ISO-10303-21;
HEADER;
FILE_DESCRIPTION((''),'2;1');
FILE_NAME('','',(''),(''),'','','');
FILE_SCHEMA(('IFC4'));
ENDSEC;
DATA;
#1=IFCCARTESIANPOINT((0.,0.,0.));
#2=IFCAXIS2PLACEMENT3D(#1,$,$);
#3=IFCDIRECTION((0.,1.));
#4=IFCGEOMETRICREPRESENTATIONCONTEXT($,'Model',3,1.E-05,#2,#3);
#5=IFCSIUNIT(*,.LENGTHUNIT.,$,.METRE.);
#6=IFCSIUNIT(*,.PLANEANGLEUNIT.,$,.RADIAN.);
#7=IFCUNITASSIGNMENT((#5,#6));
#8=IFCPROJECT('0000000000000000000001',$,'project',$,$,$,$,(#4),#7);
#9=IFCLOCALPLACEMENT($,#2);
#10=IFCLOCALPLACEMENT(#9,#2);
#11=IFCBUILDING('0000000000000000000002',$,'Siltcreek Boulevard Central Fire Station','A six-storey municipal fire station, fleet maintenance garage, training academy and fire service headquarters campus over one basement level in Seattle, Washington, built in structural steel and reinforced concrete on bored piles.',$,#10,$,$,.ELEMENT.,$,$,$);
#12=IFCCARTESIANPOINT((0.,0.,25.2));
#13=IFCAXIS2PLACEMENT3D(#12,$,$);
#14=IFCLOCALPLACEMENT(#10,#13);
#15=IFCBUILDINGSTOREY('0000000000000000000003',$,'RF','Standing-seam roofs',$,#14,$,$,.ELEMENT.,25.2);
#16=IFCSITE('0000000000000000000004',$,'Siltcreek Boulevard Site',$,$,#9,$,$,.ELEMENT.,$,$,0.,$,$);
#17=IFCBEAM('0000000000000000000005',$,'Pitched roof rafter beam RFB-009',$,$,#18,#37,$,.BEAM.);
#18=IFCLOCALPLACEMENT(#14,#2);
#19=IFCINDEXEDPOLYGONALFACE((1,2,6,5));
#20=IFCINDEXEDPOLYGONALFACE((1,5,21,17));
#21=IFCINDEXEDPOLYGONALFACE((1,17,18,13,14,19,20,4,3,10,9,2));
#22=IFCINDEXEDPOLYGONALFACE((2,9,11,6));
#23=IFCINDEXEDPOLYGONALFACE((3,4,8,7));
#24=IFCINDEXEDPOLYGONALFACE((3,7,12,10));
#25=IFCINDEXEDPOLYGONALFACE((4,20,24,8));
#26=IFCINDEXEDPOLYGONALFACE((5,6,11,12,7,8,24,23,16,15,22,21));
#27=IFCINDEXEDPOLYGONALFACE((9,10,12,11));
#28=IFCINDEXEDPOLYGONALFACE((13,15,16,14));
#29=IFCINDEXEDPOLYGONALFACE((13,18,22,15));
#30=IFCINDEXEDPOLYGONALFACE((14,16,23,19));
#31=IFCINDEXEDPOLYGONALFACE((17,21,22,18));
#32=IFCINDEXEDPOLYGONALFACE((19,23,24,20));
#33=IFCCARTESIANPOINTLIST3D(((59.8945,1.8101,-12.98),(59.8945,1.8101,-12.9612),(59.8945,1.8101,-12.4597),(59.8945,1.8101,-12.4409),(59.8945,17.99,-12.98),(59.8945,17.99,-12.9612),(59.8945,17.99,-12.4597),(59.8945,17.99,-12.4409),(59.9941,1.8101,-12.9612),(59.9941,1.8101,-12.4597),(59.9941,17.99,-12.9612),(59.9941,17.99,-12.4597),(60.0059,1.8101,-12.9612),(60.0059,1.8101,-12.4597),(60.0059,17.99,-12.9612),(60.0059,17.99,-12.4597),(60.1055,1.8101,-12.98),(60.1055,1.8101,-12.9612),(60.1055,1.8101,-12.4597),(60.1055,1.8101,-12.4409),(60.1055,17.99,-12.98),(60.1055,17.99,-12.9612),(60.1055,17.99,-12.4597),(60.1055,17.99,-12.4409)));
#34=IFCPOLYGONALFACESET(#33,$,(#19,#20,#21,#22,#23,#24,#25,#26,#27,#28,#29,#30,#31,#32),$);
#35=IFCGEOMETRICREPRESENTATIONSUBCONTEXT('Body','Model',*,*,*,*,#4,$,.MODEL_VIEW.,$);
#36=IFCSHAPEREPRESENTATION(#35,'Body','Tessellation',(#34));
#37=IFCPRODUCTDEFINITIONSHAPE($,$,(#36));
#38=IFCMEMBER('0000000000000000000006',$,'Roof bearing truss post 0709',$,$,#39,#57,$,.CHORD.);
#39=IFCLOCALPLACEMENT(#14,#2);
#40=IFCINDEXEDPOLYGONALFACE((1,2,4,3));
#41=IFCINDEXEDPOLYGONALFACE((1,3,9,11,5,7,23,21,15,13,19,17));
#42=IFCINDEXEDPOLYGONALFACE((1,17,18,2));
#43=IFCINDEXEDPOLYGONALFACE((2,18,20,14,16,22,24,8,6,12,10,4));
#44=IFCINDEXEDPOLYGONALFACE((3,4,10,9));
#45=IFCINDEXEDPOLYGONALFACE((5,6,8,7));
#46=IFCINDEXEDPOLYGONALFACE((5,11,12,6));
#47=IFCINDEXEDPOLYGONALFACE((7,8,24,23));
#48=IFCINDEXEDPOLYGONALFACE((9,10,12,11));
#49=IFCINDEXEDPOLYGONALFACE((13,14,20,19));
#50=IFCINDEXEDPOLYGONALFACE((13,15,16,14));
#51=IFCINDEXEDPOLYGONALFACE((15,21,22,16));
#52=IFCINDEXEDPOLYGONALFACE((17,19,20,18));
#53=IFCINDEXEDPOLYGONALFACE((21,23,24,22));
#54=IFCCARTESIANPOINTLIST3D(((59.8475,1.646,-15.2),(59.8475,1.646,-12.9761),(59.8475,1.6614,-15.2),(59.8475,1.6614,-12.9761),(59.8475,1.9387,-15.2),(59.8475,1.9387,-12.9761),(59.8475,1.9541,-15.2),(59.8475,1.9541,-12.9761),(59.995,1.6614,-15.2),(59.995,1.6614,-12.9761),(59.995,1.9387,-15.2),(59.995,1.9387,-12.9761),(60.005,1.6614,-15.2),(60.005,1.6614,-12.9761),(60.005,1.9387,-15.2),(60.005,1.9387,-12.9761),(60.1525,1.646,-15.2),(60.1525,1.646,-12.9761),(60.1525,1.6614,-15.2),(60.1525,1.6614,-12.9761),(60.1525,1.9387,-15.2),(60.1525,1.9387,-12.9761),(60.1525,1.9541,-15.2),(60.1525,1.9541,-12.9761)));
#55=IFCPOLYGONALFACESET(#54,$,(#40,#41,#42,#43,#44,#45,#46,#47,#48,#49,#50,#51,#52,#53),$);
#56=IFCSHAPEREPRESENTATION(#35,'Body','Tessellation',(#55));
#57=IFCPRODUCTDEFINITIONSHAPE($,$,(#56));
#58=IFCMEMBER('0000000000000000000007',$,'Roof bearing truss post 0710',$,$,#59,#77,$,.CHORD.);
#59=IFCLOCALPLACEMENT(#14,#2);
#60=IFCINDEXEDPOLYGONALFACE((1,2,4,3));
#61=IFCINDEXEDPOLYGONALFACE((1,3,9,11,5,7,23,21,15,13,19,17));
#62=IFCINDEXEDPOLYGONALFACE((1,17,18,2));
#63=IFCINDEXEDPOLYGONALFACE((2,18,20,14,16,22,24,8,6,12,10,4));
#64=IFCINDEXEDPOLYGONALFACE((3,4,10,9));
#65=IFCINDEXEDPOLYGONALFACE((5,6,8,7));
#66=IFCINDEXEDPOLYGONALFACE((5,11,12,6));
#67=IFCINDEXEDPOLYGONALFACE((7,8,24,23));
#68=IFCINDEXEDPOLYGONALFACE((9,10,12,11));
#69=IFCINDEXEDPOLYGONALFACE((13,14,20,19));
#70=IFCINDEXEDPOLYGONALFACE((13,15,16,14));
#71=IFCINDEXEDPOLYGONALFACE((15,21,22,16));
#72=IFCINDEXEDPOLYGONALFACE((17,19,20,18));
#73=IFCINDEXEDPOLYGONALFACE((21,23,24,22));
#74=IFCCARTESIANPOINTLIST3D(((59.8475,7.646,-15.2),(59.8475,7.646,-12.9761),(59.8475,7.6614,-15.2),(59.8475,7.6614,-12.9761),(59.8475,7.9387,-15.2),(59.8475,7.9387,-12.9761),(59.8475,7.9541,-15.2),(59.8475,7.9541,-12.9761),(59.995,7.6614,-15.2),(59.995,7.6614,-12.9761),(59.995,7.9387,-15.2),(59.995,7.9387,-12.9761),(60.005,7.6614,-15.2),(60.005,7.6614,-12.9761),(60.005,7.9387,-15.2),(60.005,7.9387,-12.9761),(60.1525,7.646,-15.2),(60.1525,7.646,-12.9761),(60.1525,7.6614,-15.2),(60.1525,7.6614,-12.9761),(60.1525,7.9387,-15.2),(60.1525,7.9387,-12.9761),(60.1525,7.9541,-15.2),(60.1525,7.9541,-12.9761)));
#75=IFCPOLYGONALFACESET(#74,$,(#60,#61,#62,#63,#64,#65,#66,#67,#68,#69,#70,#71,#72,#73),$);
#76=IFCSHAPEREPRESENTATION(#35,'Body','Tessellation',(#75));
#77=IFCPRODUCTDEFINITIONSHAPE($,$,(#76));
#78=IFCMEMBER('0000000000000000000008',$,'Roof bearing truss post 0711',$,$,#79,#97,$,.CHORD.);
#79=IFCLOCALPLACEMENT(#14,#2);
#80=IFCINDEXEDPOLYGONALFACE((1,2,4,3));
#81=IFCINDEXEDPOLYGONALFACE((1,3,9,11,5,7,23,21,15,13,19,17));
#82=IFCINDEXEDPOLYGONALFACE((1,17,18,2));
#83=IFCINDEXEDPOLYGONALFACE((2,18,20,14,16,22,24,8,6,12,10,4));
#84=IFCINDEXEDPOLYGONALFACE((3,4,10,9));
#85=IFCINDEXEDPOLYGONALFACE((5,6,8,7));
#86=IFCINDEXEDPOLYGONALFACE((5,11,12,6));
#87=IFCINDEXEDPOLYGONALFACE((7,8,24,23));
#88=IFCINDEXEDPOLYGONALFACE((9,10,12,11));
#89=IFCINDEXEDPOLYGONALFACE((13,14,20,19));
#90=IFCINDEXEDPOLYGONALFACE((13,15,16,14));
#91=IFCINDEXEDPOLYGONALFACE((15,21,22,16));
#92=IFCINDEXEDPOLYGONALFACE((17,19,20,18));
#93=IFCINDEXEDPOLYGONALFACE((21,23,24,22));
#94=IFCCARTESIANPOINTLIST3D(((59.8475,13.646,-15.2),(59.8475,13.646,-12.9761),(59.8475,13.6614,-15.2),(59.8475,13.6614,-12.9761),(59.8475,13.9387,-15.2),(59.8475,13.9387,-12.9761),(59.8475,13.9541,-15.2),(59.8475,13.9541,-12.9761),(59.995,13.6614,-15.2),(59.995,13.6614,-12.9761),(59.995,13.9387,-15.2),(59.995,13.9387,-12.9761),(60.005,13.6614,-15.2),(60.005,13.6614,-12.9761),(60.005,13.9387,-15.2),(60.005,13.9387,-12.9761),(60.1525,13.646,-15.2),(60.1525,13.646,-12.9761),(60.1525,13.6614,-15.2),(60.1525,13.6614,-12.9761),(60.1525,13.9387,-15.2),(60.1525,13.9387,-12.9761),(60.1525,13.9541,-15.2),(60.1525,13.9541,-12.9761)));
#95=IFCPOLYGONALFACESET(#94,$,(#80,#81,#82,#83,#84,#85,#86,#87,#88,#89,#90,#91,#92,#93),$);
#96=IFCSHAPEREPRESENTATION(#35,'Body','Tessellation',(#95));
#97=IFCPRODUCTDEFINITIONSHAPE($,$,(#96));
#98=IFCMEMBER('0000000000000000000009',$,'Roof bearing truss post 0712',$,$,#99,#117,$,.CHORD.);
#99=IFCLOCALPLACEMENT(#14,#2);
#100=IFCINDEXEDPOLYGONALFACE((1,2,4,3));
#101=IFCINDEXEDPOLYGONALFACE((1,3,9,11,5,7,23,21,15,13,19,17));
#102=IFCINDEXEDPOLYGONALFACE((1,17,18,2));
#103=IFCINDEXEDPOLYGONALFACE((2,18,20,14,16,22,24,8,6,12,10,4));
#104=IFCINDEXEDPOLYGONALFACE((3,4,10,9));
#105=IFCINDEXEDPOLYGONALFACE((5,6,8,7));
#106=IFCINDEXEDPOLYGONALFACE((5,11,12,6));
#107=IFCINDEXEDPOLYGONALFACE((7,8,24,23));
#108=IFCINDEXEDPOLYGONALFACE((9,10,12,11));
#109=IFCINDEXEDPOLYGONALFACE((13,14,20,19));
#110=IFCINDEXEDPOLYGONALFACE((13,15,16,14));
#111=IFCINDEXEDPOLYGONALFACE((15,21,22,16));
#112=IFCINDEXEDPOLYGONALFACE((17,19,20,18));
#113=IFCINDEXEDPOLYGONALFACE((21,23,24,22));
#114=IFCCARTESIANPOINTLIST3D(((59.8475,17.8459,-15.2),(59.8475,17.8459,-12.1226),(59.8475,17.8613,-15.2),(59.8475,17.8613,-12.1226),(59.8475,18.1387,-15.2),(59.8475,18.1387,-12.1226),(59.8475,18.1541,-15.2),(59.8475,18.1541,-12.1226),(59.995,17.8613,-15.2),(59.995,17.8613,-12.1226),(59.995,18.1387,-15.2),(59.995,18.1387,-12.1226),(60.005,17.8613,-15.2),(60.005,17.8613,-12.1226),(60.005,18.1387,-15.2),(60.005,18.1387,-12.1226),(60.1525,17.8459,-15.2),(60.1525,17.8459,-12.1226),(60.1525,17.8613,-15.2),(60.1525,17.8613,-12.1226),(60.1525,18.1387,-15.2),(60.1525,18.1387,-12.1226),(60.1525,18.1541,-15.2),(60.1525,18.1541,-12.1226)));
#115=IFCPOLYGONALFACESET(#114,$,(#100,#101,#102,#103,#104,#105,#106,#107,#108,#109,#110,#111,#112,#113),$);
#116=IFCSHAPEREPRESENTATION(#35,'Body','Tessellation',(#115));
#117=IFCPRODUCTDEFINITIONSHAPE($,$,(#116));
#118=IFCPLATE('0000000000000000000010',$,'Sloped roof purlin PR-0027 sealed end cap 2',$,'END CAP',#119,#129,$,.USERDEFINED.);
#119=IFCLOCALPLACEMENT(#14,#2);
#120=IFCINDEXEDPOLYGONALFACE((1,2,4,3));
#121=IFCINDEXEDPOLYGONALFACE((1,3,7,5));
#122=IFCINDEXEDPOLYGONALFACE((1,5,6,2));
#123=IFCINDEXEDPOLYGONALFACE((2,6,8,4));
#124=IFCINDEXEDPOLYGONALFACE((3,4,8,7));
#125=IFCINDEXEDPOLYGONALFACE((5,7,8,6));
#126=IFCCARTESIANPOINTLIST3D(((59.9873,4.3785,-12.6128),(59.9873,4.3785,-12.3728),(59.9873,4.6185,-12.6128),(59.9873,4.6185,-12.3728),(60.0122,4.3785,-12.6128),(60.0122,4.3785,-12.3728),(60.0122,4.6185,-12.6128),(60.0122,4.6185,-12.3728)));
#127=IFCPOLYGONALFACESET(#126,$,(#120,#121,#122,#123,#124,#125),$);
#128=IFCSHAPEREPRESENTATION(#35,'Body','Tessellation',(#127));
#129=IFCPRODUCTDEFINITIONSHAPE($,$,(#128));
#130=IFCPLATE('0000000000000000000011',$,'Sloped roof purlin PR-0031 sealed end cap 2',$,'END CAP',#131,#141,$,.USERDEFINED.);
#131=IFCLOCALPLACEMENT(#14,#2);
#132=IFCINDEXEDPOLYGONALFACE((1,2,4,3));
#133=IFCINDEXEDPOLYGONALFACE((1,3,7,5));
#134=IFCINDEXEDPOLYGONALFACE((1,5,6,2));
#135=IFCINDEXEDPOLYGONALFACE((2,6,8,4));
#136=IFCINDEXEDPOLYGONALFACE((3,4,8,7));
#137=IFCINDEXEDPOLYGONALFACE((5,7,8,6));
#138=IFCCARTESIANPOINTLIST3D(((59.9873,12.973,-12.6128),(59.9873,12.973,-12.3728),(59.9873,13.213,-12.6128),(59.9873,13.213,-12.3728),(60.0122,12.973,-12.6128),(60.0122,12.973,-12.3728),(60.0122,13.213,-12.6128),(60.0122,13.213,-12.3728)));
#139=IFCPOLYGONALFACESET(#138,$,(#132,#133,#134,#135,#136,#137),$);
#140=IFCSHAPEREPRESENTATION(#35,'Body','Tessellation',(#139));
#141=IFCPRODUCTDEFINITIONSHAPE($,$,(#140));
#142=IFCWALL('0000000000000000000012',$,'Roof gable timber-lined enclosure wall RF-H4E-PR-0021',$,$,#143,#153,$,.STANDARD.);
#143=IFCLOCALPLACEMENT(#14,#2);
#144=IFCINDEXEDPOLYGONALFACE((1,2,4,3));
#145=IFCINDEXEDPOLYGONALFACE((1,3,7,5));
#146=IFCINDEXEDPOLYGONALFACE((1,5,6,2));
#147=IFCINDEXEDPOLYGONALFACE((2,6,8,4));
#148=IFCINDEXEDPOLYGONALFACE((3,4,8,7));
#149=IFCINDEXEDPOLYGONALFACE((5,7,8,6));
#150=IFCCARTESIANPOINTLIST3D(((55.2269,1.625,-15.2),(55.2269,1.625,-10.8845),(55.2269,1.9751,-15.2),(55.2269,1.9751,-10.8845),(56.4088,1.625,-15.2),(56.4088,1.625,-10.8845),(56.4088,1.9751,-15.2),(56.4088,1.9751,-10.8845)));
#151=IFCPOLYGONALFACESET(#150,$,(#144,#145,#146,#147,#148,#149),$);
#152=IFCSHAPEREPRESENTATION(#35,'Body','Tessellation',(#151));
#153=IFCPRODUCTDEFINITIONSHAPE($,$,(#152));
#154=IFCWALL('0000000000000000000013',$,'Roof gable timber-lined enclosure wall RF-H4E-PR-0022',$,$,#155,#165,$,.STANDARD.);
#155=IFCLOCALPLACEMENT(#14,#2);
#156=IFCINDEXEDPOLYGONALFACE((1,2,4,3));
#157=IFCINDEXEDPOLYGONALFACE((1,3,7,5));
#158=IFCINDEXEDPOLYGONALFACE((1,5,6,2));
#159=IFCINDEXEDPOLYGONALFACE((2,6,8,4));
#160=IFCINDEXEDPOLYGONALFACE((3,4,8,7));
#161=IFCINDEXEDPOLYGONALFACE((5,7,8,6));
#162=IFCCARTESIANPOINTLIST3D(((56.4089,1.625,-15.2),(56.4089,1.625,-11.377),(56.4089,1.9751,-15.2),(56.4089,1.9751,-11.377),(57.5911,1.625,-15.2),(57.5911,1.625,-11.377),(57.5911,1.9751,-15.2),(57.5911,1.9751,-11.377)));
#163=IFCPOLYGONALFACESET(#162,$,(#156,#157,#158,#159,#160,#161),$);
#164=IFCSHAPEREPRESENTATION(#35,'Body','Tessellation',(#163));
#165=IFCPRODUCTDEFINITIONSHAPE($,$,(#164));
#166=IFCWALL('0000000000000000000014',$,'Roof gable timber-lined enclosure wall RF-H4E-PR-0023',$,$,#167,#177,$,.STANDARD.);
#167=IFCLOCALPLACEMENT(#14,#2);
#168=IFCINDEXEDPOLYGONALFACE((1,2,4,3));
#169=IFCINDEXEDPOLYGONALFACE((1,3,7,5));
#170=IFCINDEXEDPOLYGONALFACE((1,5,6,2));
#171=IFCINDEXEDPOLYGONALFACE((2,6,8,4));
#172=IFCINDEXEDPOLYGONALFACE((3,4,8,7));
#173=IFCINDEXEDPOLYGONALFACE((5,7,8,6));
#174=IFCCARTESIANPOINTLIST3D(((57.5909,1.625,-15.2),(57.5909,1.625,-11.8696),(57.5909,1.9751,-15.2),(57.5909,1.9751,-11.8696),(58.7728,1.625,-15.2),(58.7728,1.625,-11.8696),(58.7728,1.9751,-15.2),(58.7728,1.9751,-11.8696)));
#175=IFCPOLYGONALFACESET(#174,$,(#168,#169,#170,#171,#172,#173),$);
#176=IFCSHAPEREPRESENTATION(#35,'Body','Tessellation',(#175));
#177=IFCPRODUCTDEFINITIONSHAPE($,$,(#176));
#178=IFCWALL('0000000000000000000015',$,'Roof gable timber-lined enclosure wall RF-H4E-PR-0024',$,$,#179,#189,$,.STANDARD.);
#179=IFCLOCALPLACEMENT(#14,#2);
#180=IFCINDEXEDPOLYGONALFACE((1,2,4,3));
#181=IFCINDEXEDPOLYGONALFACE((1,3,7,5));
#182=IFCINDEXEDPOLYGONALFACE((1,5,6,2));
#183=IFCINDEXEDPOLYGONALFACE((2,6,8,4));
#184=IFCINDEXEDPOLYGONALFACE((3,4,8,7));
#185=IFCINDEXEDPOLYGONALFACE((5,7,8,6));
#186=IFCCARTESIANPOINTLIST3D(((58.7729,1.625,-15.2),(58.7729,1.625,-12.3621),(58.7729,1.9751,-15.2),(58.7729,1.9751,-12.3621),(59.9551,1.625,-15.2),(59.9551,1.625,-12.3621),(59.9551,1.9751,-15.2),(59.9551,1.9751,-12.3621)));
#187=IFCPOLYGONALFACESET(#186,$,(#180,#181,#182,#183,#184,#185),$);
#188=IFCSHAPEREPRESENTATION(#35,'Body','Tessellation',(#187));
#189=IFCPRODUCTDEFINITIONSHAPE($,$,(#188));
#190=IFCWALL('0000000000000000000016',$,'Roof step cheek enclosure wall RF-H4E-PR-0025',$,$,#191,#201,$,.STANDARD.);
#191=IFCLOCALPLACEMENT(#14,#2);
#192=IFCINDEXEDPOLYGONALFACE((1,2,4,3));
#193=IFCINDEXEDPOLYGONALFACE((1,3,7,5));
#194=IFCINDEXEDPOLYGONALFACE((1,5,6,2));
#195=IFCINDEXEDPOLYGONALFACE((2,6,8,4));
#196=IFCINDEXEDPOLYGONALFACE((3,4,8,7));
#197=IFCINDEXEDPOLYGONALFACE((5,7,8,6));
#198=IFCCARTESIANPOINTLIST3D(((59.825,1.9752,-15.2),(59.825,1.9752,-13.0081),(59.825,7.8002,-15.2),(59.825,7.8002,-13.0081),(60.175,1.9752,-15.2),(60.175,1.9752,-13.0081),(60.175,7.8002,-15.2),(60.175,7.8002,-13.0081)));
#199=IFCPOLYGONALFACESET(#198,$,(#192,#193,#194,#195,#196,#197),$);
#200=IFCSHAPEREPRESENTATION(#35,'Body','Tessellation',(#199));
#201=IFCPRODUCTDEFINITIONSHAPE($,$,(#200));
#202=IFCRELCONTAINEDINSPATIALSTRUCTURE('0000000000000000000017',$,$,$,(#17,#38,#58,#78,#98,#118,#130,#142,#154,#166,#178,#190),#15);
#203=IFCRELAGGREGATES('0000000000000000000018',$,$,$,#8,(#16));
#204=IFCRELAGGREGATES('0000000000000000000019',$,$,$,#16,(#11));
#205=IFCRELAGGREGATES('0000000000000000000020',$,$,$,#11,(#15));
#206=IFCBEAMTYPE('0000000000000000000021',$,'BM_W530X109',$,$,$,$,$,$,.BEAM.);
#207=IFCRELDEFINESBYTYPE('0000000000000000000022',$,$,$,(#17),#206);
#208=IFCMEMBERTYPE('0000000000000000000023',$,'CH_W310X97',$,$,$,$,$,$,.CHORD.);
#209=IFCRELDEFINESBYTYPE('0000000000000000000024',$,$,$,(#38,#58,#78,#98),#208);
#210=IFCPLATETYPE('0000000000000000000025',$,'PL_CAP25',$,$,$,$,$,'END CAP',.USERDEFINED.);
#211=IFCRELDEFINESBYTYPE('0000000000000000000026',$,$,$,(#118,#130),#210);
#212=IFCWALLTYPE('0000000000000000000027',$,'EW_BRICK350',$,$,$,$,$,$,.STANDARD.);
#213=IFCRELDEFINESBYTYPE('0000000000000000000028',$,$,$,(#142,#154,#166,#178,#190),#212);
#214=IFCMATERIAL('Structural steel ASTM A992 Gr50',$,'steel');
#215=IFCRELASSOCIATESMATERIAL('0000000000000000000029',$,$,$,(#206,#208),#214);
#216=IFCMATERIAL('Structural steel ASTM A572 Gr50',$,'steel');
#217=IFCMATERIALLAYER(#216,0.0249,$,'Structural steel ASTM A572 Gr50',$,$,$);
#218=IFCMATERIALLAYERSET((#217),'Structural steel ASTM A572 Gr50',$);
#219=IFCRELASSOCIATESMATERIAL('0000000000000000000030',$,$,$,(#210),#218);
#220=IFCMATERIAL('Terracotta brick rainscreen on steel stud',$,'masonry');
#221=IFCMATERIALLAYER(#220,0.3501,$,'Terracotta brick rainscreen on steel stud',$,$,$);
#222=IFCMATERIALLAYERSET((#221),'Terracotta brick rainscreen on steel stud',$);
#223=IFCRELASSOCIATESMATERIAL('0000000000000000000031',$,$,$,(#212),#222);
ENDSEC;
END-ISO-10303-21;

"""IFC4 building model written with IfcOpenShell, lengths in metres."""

from ifc_helpers import new_model, si_unit, direction, frame, frame_2d, origin, origin_2d, place, context, subcontext, project, spatial, rectangle, i_section, extrude, material, layer, layer_set, material_profile, profile_set, type_object, element, save


model = new_model("IFC4")

# Units and contexts
model_context = context("Model", 3, precision=1e-05, world=origin(), true_north=direction((0.0, 1.0)))
body_context = subcontext(model_context, "Body", "Model", "MODEL_VIEW")
ifc_project = project(units=[si_unit("LENGTHUNIT", "METRE"), si_unit("PLANEANGLEUNIT", "RADIAN")], contexts=[model_context])

# Site, building, storey
site_placement = place(None, origin())
site = spatial("IfcSite", under=ifc_project, at=site_placement, Name="Siltcreek Boulevard Site", CompositionType="ELEMENT", RefElevation=0.0)
building_placement = place(site_placement, origin())
building = spatial("IfcBuilding", under=site, at=building_placement, Name="Siltcreek Boulevard Central Fire Station", Description="A six-storey municipal fire station, fleet maintenance garage, training academy and fire service headquarters campus over one basement level in Seattle, Washington, built in structural steel and reinforced concrete on bored piles.", CompositionType="ELEMENT")
storey_placement = place(building_placement, frame((0.0, 0.0, 25.2)))
storey = spatial("IfcBuildingStorey", under=building, at=storey_placement, Name="RF", Description="Standing-seam roofs", CompositionType="ELEMENT", Elevation=25.2)

# Beam
ifc_material_1 = material(Name="Structural steel ASTM A992 Gr50", Category="steel")
ifc_material_profile_1 = material_profile(ifc_material_1, i_section(OverallWidth=0.2109, OverallDepth=0.5391, WebThickness=0.0117, FlangeThickness=0.0188, at=origin_2d()), Name="W530X109")
ifc_profile_set_1 = profile_set([ifc_material_profile_1], Name="Structural steel ASTM A992 Gr50")
beam_type = type_object("IfcBeamType", Name="BM_W530X109", PredefinedType="BEAM", material=ifc_profile_set_1)
beam_placement = place(storey_placement, frame((60.0, 1.8101, -12.7104), z_axis=(0.0, 1.0, 0.0), x_axis=(-1.0, 0.0, 0.0)))
element("IfcBeam", 1, at=beam_placement, inside=storey, type_object=beam_type, Name="Pitched roof rafter beam RFB-009", PredefinedType="BEAM", context=body_context, shape_type="SweptSolid", body=[
    extrude(i_section(OverallWidth=0.2109, OverallDepth=0.5391, WebThickness=0.0117, FlangeThickness=0.0188, at=origin_2d()), origin(), (0.0, 0.0, 1.0), 16.1799),
])

# Members
ifc_material_profile_2 = material_profile(ifc_material_1, i_section(OverallWidth=0.3049, OverallDepth=0.3081, WebThickness=0.01, FlangeThickness=0.0154, at=origin_2d()), Name="W310X97")
ifc_profile_set_2 = profile_set([ifc_material_profile_2], Name="Structural steel ASTM A992 Gr50")
member_type = type_object("IfcMemberType", Name="CH_W310X97", PredefinedType="CHORD", material=ifc_profile_set_2)
for number, where, z_axis, x_axis, name in (
    (2, (60.0, 1.8, -15.2), (0.0, 0.0, 1.0), (1.0, 0.0, 0.0), "Roof bearing truss post 0709"),
    (3, (60.0, 7.8, -15.2), (0.0, 0.0, 1.0), (1.0, 0.0, 0.0), "Roof bearing truss post 0710"),
    (4, (60.0, 13.8, -15.2), (0.0, 0.0, 1.0), (1.0, 0.0, 0.0), "Roof bearing truss post 0711"),
):
    element("IfcMember", number, at=place(storey_placement, frame(where, z_axis=z_axis, x_axis=x_axis)), inside=storey, type_object=member_type, Name=name, PredefinedType="CHORD", context=body_context, shape_type="SweptSolid", body=[
        extrude(i_section(OverallWidth=0.3049, OverallDepth=0.3081, WebThickness=0.01, FlangeThickness=0.0154, at=origin_2d()), origin(), (0.0, 0.0, 1.0), 2.2239),
    ])
member_placement = place(storey_placement, frame((60.0, 18.0, -15.2), z_axis=(0.0, 0.0, 1.0), x_axis=(1.0, 0.0, 0.0)))
element("IfcMember", 5, at=member_placement, inside=storey, type_object=member_type, Name="Roof bearing truss post 0712", PredefinedType="CHORD", context=body_context, shape_type="SweptSolid", body=[
    extrude(i_section(OverallWidth=0.3049, OverallDepth=0.3081, WebThickness=0.01, FlangeThickness=0.0154, at=origin_2d()), origin(), (0.0, 0.0, 1.0), 3.0774),
])

# Plates
ifc_material_2 = material(Name="Structural steel ASTM A572 Gr50", Category="steel")
ifc_layer_1 = layer(ifc_material_2, 0.0249, Name="Structural steel ASTM A572 Gr50")
ifc_layer_set_1 = layer_set([ifc_layer_1], Name="Structural steel ASTM A572 Gr50")
plate_type = type_object("IfcPlateType", Name="PL_CAP25", ElementType="END CAP", PredefinedType="USERDEFINED", material=ifc_layer_set_1)
for number, where, z_axis, x_axis, name in (
    (6, (59.9998, 4.4985, -12.6128), (0.0, 0.0, 1.0), (1.0, 0.0, 0.0), "Sloped roof purlin PR-0027 sealed end cap 2"),
    (7, (59.9998, 13.093, -12.6128), (0.0, 0.0, 1.0), (1.0, 0.0, 0.0), "Sloped roof purlin PR-0031 sealed end cap 2"),
):
    element("IfcPlate", number, at=place(storey_placement, frame(where, z_axis=z_axis, x_axis=x_axis)), inside=storey, type_object=plate_type, Name=name, ObjectType="END CAP", PredefinedType="USERDEFINED", context=body_context, shape_type="SweptSolid", body=[
        extrude(rectangle(XDim=0.0249, YDim=0.24, at=origin_2d()), origin(), (0.0, 0.0, 1.0), 0.24),
    ])

# Walls
ifc_material_3 = material(Name="Terracotta brick rainscreen on steel stud", Category="masonry")
ifc_layer_2 = layer(ifc_material_3, 0.3501, Name="Terracotta brick rainscreen on steel stud")
ifc_layer_set_2 = layer_set([ifc_layer_2], Name="Terracotta brick rainscreen on steel stud")
wall_type_1 = type_object("IfcWallType", Name="EW_BRICK350", PredefinedType="STANDARD", material=ifc_layer_set_2)
wall_1_placement = place(storey_placement, frame((55.2271, 1.8, -15.2), z_axis=(0.0, 0.0, 1.0), x_axis=(1.0, 0.0, 0.0)))
element("IfcWall", 8, at=wall_1_placement, inside=storey, type_object=wall_type_1, Name="Roof gable timber-lined enclosure wall RF-H4E-PR-0021", PredefinedType="STANDARD", context=body_context, shape_type="SweptSolid", body=[
    extrude(rectangle(XDim=1.1819, YDim=0.3501, at=frame_2d((0.5908, 0.0))), origin(), (0.0, 0.0, 1.0), 4.3154),
])
wall_2_placement = place(storey_placement, frame((56.4089, 1.8, -15.2), z_axis=(0.0, 0.0, 1.0), x_axis=(1.0, 0.0, 0.0)))
element("IfcWall", 9, at=wall_2_placement, inside=storey, type_object=wall_type_1, Name="Roof gable timber-lined enclosure wall RF-H4E-PR-0022", PredefinedType="STANDARD", context=body_context, shape_type="SweptSolid", body=[
    extrude(rectangle(XDim=1.1821, YDim=0.3501, at=frame_2d((0.5911, 0.0))), origin(), (0.0, 0.0, 1.0), 3.823),
])
wall_3_placement = place(storey_placement, frame((57.5911, 1.8, -15.2), z_axis=(0.0, 0.0, 1.0), x_axis=(1.0, 0.0, 0.0)))
element("IfcWall", 10, at=wall_3_placement, inside=storey, type_object=wall_type_1, Name="Roof gable timber-lined enclosure wall RF-H4E-PR-0023", PredefinedType="STANDARD", context=body_context, shape_type="SweptSolid", body=[
    extrude(rectangle(XDim=1.1819, YDim=0.3501, at=frame_2d((0.5908, 0.0))), origin(), (0.0, 0.0, 1.0), 3.3303),
])
wall_4_placement = place(storey_placement, frame((58.7729, 1.8, -15.2), z_axis=(0.0, 0.0, 1.0), x_axis=(1.0, 0.0, 0.0)))
element("IfcWall", 11, at=wall_4_placement, inside=storey, type_object=wall_type_1, Name="Roof gable timber-lined enclosure wall RF-H4E-PR-0024", PredefinedType="STANDARD", context=body_context, shape_type="SweptSolid", body=[
    extrude(rectangle(XDim=1.1821, YDim=0.3501, at=frame_2d((0.5911, 0.0))), origin(), (0.0, 0.0, 1.0), 2.8379),
])
wall_5_placement = place(storey_placement, frame((60.0, 1.9751, -15.2), z_axis=(0.0, 0.0, 1.0), x_axis=(0.0, 1.0, 0.0)))
element("IfcWall", 12, at=wall_5_placement, inside=storey, type_object=wall_type_1, Name="Roof step cheek enclosure wall RF-H4E-PR-0025", PredefinedType="STANDARD", context=body_context, shape_type="SweptSolid", body=[
    extrude(rectangle(XDim=5.825, YDim=0.3501, at=frame_2d((2.9126, 0.0))), origin(), (0.0, 0.0, 1.0), 2.1919),
])

save(model, "model.ifc")
